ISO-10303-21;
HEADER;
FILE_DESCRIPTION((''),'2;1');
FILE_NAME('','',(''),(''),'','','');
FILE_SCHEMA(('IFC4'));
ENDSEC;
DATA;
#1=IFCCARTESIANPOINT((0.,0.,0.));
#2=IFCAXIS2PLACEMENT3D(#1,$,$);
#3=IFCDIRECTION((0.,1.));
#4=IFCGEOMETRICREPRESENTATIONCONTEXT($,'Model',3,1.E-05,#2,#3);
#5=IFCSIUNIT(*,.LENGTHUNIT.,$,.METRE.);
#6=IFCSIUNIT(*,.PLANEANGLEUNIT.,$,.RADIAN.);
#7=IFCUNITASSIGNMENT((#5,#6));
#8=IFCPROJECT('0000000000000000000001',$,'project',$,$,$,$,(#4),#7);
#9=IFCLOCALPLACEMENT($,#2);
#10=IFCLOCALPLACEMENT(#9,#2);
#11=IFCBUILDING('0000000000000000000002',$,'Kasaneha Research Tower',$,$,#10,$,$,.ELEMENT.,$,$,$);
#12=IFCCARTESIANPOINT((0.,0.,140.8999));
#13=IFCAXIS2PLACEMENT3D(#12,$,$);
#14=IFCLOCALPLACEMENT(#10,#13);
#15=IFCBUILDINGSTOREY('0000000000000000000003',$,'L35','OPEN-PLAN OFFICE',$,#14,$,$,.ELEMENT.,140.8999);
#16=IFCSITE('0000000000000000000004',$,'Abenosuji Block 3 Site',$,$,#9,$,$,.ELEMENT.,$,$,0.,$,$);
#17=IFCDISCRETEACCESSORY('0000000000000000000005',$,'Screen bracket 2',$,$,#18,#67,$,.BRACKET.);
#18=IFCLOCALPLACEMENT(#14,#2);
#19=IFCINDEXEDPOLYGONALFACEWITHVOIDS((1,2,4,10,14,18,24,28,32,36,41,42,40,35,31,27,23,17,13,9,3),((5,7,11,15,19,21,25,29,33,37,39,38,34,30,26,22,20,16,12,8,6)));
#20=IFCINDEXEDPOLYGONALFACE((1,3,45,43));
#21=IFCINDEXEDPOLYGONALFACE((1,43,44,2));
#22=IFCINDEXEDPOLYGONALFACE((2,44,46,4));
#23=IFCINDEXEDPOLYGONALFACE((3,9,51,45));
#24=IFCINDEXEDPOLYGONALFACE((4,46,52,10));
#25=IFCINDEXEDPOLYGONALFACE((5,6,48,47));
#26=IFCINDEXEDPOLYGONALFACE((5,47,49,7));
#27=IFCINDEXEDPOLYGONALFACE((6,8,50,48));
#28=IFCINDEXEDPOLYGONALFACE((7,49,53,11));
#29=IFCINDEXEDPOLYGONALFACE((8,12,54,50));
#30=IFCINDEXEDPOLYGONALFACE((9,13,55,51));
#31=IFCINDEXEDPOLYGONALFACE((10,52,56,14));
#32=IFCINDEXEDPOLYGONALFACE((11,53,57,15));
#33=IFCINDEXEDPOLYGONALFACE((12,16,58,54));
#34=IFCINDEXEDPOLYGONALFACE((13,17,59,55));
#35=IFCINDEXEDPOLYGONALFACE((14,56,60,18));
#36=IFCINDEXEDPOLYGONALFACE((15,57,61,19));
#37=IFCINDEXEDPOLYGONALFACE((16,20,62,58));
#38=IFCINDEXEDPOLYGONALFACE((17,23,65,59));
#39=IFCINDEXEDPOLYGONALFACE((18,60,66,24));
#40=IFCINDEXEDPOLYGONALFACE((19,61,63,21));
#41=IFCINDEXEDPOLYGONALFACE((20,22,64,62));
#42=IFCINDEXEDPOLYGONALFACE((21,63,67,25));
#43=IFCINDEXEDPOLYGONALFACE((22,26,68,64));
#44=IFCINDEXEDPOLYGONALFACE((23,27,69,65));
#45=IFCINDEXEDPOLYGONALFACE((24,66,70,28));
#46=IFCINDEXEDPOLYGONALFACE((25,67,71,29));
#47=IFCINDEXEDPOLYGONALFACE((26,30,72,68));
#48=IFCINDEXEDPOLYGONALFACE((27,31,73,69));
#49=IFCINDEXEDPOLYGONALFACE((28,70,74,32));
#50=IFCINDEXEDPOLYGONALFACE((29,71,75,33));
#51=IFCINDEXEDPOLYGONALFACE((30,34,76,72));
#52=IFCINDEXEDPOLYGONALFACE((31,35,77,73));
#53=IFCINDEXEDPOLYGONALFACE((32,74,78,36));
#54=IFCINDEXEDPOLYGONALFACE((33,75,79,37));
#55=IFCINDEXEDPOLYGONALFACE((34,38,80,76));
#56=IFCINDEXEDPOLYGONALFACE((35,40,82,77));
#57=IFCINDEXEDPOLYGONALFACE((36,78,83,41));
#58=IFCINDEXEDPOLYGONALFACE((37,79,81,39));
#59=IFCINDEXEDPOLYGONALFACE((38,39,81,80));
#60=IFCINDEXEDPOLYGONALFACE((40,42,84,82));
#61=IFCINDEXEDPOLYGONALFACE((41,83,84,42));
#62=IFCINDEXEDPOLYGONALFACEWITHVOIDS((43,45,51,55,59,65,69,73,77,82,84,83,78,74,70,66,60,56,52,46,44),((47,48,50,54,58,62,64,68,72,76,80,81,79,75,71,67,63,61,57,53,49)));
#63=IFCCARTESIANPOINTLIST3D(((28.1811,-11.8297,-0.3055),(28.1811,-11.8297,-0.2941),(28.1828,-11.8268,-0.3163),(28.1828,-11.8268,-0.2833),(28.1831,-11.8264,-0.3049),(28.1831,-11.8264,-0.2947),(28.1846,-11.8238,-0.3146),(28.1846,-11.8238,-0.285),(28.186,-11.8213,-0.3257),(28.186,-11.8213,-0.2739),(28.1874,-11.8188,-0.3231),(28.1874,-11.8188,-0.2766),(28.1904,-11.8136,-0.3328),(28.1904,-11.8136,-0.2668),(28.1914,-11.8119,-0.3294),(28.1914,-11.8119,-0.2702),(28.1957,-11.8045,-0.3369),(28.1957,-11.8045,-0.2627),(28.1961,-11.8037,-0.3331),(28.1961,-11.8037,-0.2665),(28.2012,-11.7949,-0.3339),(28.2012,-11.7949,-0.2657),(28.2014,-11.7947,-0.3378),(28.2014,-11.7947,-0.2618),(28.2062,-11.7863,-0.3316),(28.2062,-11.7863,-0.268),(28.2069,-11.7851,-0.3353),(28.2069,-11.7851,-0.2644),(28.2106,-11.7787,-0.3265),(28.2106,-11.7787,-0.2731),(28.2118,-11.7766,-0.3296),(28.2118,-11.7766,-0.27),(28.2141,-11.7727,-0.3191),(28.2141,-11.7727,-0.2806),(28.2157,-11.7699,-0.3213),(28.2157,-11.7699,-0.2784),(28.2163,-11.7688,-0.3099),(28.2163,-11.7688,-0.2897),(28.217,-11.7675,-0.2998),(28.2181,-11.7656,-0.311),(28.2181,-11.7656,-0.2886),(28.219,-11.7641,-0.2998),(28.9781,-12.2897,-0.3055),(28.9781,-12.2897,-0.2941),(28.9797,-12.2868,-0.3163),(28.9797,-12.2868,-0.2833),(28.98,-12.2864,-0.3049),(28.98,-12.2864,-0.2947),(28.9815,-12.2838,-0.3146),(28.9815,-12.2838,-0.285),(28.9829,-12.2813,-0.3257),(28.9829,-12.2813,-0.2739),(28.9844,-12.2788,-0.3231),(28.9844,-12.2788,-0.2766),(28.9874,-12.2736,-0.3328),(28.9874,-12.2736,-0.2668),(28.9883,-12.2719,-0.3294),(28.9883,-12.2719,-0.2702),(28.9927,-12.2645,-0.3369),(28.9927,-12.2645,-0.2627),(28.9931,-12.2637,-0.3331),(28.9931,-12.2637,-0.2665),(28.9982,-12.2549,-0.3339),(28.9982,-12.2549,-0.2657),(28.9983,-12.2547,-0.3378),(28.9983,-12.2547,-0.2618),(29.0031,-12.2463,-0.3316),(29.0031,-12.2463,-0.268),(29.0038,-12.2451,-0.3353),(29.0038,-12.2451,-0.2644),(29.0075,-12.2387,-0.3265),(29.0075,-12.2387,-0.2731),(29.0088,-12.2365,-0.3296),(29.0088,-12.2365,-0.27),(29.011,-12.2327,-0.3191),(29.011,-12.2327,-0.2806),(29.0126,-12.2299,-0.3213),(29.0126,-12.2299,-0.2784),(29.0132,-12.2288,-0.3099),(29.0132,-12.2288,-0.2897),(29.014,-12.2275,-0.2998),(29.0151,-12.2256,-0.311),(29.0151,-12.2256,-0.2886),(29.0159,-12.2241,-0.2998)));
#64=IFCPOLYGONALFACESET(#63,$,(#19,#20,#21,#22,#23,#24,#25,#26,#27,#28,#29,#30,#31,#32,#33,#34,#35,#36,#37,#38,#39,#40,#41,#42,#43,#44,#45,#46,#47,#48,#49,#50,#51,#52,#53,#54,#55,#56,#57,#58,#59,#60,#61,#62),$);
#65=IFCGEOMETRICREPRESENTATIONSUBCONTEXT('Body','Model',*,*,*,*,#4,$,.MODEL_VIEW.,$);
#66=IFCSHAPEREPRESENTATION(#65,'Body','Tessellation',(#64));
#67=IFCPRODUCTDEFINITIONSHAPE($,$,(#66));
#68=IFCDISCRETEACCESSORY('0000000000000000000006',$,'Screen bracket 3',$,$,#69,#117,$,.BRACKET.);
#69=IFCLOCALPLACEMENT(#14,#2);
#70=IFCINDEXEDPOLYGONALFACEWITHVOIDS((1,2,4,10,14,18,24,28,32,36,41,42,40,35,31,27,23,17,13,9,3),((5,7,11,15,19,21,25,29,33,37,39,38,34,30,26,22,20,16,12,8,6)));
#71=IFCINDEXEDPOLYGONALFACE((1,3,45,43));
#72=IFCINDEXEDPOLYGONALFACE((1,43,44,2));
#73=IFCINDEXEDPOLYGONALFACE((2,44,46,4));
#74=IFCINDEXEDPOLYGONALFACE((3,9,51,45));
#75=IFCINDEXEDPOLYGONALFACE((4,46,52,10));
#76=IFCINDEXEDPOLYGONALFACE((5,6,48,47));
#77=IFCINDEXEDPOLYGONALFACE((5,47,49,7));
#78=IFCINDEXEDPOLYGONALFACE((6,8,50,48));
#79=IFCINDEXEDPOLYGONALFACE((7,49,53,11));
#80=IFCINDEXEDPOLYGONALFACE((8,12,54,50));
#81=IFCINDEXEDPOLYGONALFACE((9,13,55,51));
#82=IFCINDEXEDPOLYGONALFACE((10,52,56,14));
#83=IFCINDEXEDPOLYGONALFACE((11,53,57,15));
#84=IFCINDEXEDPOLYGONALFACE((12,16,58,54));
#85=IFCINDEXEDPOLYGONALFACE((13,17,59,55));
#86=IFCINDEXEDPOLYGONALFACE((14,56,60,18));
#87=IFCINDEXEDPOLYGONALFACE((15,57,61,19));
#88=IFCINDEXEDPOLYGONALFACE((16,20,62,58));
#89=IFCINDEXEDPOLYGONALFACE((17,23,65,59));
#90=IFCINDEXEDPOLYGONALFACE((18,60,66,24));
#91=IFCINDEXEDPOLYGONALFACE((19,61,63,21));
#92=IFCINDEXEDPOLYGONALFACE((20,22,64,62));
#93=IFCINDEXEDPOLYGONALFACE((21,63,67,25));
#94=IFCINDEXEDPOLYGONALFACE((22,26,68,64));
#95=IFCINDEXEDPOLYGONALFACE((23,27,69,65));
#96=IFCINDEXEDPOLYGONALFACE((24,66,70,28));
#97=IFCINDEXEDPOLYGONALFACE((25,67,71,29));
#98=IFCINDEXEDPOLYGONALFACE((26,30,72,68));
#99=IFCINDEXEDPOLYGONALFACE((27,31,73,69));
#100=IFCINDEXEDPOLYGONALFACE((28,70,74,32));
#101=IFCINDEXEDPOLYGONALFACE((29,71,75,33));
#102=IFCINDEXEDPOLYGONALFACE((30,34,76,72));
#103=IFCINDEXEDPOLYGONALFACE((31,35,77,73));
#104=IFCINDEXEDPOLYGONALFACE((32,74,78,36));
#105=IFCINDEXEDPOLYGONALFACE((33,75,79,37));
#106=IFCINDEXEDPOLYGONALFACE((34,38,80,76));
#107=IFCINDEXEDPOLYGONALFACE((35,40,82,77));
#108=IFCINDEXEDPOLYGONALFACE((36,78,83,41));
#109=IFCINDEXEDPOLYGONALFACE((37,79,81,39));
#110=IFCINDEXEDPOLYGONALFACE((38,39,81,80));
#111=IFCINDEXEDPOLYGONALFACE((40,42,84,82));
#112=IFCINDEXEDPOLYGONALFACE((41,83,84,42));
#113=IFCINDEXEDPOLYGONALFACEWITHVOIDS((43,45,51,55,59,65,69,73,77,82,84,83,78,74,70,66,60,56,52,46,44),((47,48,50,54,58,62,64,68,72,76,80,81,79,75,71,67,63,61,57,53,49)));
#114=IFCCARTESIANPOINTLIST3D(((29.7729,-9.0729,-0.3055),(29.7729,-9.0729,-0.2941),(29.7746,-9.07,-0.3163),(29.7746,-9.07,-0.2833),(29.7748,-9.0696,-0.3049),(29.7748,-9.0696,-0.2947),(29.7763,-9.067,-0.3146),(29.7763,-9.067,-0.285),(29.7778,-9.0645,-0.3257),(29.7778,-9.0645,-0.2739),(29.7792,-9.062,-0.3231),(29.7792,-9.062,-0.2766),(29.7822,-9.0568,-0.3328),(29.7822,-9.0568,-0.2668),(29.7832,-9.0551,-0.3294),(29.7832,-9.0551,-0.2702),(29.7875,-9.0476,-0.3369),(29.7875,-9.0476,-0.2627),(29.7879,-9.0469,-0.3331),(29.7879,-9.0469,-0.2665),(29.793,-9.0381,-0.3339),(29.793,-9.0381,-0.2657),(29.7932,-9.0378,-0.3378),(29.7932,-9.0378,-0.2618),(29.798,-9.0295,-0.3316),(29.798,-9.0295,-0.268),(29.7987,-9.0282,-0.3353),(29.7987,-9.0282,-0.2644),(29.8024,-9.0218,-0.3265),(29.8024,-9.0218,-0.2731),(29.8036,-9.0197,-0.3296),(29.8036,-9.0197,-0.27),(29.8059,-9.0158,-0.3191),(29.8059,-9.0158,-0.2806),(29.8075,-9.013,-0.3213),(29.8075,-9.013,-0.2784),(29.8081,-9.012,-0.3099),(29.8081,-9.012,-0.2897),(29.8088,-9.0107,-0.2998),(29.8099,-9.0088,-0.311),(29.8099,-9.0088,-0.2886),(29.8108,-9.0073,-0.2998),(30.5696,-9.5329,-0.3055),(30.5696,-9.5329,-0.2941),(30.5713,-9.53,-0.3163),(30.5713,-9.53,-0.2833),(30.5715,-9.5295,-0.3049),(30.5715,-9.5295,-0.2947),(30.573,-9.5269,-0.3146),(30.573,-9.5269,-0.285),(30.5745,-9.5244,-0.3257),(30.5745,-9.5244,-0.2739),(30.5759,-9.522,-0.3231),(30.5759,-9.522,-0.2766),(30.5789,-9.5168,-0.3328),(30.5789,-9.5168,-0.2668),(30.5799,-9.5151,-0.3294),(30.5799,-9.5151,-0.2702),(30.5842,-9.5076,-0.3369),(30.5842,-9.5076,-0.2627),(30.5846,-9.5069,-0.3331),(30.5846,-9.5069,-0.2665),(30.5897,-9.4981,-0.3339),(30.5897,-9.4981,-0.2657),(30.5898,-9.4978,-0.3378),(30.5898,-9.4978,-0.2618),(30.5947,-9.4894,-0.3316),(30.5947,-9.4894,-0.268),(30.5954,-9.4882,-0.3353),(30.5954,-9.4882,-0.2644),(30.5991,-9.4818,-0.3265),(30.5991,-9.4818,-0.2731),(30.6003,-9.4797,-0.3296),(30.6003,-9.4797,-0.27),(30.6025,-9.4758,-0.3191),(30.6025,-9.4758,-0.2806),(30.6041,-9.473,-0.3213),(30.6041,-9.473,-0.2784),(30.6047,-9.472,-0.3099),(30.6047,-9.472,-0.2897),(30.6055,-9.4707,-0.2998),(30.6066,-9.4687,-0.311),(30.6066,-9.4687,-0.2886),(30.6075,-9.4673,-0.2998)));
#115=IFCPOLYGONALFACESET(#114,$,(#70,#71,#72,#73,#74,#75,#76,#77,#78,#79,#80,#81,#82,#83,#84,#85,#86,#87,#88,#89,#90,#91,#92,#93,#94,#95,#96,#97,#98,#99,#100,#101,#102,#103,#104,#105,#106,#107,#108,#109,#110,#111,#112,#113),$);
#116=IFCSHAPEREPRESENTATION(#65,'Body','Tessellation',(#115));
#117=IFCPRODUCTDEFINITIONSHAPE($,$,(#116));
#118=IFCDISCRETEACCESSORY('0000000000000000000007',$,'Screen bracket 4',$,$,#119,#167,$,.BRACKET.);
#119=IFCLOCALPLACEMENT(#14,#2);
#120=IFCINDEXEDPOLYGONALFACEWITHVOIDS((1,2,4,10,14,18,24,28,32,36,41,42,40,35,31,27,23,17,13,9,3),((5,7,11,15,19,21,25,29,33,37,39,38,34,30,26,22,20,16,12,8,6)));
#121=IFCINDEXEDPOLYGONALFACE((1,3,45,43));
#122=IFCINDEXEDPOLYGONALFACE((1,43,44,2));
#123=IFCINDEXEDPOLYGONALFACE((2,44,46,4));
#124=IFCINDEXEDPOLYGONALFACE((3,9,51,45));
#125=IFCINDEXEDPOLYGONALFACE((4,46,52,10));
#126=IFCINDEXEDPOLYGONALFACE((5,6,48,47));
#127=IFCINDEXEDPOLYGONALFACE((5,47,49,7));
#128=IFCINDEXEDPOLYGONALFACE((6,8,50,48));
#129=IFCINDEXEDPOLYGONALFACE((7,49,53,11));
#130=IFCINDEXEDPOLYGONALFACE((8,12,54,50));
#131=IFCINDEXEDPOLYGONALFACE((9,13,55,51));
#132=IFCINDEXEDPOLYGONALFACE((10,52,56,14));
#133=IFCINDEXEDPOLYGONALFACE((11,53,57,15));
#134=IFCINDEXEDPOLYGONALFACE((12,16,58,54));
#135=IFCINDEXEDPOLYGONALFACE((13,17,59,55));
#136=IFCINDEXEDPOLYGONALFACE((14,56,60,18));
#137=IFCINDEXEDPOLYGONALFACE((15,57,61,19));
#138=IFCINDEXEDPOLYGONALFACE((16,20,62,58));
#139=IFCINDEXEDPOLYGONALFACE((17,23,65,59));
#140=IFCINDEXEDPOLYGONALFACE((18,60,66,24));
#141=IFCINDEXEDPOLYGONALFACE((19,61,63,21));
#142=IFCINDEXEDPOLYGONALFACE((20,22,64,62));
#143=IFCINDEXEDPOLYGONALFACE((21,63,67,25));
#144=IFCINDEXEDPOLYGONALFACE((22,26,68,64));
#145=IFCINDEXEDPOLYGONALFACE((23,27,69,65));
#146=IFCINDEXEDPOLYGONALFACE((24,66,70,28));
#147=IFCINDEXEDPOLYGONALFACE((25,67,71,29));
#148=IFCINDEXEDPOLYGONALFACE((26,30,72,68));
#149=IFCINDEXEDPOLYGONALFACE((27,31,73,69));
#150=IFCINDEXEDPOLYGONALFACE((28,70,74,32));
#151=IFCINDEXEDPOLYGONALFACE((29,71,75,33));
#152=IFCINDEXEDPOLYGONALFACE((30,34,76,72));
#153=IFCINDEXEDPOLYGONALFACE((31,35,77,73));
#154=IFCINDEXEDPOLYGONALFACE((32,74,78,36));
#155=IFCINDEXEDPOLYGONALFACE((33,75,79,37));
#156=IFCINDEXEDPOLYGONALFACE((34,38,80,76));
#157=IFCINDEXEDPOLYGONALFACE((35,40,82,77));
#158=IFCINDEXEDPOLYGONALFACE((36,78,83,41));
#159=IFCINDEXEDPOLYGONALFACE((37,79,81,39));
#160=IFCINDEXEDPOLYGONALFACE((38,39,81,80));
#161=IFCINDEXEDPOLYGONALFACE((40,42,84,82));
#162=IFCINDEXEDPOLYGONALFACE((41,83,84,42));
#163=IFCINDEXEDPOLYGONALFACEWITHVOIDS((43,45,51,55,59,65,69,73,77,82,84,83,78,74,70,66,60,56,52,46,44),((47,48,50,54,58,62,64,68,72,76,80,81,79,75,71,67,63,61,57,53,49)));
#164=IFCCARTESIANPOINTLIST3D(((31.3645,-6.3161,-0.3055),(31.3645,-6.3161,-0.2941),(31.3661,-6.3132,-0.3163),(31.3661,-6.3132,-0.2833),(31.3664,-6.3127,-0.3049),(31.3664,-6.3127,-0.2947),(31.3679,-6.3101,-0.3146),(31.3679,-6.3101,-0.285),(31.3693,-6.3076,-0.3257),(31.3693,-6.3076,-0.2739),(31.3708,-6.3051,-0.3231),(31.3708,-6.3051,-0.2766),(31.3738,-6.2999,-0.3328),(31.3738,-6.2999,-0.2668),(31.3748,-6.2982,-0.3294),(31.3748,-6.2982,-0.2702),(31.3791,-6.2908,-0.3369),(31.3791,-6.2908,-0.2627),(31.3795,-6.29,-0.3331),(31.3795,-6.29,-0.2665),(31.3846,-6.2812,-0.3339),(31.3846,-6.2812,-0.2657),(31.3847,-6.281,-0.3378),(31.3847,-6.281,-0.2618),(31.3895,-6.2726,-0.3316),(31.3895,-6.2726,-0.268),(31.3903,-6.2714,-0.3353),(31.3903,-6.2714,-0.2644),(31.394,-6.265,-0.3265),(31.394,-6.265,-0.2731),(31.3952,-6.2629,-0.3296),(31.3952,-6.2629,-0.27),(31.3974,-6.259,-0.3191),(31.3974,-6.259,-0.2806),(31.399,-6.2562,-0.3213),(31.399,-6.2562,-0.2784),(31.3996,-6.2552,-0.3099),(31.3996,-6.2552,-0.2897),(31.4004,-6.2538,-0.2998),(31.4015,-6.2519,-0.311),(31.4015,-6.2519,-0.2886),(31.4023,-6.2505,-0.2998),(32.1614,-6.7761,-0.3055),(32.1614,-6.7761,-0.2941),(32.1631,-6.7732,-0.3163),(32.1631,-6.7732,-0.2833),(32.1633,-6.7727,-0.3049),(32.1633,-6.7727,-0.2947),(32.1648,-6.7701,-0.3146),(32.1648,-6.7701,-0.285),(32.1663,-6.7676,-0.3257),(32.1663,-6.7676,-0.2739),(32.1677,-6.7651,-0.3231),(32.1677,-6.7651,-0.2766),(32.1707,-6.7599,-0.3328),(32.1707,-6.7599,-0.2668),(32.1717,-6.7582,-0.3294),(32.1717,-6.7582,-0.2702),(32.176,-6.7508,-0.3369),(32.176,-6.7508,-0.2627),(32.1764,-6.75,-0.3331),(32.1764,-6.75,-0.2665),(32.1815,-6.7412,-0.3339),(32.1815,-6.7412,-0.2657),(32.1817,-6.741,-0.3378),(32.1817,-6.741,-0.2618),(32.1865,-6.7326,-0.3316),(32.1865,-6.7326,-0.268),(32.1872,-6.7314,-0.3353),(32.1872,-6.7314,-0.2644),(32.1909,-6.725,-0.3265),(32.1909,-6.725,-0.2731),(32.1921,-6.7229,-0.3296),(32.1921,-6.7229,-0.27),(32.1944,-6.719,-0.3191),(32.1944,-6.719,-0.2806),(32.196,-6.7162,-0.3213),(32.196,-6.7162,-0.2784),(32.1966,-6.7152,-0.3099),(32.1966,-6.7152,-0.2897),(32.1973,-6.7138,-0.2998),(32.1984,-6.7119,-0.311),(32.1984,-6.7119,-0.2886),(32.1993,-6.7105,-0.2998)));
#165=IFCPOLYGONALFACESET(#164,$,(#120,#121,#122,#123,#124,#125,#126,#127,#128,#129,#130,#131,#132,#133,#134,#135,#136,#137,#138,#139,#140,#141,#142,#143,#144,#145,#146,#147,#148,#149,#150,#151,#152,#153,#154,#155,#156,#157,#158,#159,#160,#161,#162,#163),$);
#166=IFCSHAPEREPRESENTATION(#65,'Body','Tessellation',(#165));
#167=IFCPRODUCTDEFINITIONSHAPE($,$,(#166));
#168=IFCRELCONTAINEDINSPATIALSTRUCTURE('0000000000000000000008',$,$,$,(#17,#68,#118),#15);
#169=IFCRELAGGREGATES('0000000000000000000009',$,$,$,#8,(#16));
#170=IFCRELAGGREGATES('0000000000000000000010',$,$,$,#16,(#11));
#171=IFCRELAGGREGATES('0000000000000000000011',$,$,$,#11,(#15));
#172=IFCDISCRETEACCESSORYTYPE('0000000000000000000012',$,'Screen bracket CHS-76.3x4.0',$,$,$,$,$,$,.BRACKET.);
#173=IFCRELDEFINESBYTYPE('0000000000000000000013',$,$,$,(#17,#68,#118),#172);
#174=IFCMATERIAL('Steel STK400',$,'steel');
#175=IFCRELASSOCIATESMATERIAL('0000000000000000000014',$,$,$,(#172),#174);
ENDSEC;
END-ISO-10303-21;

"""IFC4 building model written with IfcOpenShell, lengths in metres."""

from ifc_helpers import new_model, si_unit, direction, frame, origin, origin_2d, place, context, subcontext, project, spatial, hollow_circle, extrude, material, material_profile, profile_set, type_object, element, save


model = new_model("IFC4")

# Units and contexts
model_context = context("Model", 3, precision=1e-05, world=origin(), true_north=direction((0.0, 1.0)))
body_context = subcontext(model_context, "Body", "Model", "MODEL_VIEW")
ifc_project = project(units=[si_unit("LENGTHUNIT", "METRE"), si_unit("PLANEANGLEUNIT", "RADIAN")], contexts=[model_context])

# Site, building, storey
site_placement = place(None, origin())
site = spatial("IfcSite", under=ifc_project, at=site_placement, Name="Abenosuji Block 3 Site", CompositionType="ELEMENT", RefElevation=0.0)
building_placement = place(site_placement, origin())
building = spatial("IfcBuilding", under=site, at=building_placement, Name="Kasaneha Research Tower", CompositionType="ELEMENT")
storey_placement = place(building_placement, frame((0.0, 0.0, 140.8999)))
storey = spatial("IfcBuildingStorey", under=building, at=storey_placement, Name="L35", Description="OPEN-PLAN OFFICE", CompositionType="ELEMENT", Elevation=140.8999)

# Discrete accessories
ifc_material_1 = material(Name="Steel STK400", Category="steel")
ifc_material_profile_1 = material_profile(ifc_material_1, hollow_circle(Radius=0.0381, WallThickness=0.0039, at=origin_2d()), Name="CHS-76.3x4.0")
ifc_profile_set_1 = profile_set([ifc_material_profile_1], Name="Steel STK400")
discrete_accessory_type = type_object("IfcDiscreteAccessoryType", Name="Screen bracket CHS-76.3x4.0", PredefinedType="BRACKET", material=ifc_profile_set_1)
discrete_accessory_1_placement = place(storey_placement, frame((28.2, -11.7971, -0.2998), z_axis=(0.86608, -0.499906, 0.0), x_axis=(0.499906, 0.86608, 0.0)))
element("IfcDiscreteAccessory", 1, at=discrete_accessory_1_placement, inside=storey, type_object=discrete_accessory_type, Name="Screen bracket 2", PredefinedType="BRACKET", context=body_context, shape_type="SweptSolid", body=[
    extrude(hollow_circle(Radius=0.0381, WallThickness=0.0039, at=origin_2d()), origin(), (0.0, 0.0, 1.0), 0.9202),
])
discrete_accessory_2_placement = place(storey_placement, frame((29.7917, -9.0403, -0.2998), z_axis=(0.866013, -0.500021, 0.0), x_axis=(0.500021, 0.866013, 0.0)))
element("IfcDiscreteAccessory", 2, at=discrete_accessory_2_placement, inside=storey, type_object=discrete_accessory_type, Name="Screen bracket 3", PredefinedType="BRACKET", context=body_context, shape_type="SweptSolid", body=[
    extrude(hollow_circle(Radius=0.0381, WallThickness=0.0039, at=origin_2d()), origin(), (0.0, 0.0, 1.0), 0.9199),
])
discrete_accessory_3_placement = place(storey_placement, frame((31.3833, -6.2834, -0.2998), z_axis=(0.86608, -0.499906, 0.0), x_axis=(0.499906, 0.86608, 0.0)))
element("IfcDiscreteAccessory", 3, at=discrete_accessory_3_placement, inside=storey, type_object=discrete_accessory_type, Name="Screen bracket 4", PredefinedType="BRACKET", context=body_context, shape_type="SweptSolid", body=[
    extrude(hollow_circle(Radius=0.0381, WallThickness=0.0039, at=origin_2d()), origin(), (0.0, 0.0, 1.0), 0.9202),
])

save(model, "model.ifc")
